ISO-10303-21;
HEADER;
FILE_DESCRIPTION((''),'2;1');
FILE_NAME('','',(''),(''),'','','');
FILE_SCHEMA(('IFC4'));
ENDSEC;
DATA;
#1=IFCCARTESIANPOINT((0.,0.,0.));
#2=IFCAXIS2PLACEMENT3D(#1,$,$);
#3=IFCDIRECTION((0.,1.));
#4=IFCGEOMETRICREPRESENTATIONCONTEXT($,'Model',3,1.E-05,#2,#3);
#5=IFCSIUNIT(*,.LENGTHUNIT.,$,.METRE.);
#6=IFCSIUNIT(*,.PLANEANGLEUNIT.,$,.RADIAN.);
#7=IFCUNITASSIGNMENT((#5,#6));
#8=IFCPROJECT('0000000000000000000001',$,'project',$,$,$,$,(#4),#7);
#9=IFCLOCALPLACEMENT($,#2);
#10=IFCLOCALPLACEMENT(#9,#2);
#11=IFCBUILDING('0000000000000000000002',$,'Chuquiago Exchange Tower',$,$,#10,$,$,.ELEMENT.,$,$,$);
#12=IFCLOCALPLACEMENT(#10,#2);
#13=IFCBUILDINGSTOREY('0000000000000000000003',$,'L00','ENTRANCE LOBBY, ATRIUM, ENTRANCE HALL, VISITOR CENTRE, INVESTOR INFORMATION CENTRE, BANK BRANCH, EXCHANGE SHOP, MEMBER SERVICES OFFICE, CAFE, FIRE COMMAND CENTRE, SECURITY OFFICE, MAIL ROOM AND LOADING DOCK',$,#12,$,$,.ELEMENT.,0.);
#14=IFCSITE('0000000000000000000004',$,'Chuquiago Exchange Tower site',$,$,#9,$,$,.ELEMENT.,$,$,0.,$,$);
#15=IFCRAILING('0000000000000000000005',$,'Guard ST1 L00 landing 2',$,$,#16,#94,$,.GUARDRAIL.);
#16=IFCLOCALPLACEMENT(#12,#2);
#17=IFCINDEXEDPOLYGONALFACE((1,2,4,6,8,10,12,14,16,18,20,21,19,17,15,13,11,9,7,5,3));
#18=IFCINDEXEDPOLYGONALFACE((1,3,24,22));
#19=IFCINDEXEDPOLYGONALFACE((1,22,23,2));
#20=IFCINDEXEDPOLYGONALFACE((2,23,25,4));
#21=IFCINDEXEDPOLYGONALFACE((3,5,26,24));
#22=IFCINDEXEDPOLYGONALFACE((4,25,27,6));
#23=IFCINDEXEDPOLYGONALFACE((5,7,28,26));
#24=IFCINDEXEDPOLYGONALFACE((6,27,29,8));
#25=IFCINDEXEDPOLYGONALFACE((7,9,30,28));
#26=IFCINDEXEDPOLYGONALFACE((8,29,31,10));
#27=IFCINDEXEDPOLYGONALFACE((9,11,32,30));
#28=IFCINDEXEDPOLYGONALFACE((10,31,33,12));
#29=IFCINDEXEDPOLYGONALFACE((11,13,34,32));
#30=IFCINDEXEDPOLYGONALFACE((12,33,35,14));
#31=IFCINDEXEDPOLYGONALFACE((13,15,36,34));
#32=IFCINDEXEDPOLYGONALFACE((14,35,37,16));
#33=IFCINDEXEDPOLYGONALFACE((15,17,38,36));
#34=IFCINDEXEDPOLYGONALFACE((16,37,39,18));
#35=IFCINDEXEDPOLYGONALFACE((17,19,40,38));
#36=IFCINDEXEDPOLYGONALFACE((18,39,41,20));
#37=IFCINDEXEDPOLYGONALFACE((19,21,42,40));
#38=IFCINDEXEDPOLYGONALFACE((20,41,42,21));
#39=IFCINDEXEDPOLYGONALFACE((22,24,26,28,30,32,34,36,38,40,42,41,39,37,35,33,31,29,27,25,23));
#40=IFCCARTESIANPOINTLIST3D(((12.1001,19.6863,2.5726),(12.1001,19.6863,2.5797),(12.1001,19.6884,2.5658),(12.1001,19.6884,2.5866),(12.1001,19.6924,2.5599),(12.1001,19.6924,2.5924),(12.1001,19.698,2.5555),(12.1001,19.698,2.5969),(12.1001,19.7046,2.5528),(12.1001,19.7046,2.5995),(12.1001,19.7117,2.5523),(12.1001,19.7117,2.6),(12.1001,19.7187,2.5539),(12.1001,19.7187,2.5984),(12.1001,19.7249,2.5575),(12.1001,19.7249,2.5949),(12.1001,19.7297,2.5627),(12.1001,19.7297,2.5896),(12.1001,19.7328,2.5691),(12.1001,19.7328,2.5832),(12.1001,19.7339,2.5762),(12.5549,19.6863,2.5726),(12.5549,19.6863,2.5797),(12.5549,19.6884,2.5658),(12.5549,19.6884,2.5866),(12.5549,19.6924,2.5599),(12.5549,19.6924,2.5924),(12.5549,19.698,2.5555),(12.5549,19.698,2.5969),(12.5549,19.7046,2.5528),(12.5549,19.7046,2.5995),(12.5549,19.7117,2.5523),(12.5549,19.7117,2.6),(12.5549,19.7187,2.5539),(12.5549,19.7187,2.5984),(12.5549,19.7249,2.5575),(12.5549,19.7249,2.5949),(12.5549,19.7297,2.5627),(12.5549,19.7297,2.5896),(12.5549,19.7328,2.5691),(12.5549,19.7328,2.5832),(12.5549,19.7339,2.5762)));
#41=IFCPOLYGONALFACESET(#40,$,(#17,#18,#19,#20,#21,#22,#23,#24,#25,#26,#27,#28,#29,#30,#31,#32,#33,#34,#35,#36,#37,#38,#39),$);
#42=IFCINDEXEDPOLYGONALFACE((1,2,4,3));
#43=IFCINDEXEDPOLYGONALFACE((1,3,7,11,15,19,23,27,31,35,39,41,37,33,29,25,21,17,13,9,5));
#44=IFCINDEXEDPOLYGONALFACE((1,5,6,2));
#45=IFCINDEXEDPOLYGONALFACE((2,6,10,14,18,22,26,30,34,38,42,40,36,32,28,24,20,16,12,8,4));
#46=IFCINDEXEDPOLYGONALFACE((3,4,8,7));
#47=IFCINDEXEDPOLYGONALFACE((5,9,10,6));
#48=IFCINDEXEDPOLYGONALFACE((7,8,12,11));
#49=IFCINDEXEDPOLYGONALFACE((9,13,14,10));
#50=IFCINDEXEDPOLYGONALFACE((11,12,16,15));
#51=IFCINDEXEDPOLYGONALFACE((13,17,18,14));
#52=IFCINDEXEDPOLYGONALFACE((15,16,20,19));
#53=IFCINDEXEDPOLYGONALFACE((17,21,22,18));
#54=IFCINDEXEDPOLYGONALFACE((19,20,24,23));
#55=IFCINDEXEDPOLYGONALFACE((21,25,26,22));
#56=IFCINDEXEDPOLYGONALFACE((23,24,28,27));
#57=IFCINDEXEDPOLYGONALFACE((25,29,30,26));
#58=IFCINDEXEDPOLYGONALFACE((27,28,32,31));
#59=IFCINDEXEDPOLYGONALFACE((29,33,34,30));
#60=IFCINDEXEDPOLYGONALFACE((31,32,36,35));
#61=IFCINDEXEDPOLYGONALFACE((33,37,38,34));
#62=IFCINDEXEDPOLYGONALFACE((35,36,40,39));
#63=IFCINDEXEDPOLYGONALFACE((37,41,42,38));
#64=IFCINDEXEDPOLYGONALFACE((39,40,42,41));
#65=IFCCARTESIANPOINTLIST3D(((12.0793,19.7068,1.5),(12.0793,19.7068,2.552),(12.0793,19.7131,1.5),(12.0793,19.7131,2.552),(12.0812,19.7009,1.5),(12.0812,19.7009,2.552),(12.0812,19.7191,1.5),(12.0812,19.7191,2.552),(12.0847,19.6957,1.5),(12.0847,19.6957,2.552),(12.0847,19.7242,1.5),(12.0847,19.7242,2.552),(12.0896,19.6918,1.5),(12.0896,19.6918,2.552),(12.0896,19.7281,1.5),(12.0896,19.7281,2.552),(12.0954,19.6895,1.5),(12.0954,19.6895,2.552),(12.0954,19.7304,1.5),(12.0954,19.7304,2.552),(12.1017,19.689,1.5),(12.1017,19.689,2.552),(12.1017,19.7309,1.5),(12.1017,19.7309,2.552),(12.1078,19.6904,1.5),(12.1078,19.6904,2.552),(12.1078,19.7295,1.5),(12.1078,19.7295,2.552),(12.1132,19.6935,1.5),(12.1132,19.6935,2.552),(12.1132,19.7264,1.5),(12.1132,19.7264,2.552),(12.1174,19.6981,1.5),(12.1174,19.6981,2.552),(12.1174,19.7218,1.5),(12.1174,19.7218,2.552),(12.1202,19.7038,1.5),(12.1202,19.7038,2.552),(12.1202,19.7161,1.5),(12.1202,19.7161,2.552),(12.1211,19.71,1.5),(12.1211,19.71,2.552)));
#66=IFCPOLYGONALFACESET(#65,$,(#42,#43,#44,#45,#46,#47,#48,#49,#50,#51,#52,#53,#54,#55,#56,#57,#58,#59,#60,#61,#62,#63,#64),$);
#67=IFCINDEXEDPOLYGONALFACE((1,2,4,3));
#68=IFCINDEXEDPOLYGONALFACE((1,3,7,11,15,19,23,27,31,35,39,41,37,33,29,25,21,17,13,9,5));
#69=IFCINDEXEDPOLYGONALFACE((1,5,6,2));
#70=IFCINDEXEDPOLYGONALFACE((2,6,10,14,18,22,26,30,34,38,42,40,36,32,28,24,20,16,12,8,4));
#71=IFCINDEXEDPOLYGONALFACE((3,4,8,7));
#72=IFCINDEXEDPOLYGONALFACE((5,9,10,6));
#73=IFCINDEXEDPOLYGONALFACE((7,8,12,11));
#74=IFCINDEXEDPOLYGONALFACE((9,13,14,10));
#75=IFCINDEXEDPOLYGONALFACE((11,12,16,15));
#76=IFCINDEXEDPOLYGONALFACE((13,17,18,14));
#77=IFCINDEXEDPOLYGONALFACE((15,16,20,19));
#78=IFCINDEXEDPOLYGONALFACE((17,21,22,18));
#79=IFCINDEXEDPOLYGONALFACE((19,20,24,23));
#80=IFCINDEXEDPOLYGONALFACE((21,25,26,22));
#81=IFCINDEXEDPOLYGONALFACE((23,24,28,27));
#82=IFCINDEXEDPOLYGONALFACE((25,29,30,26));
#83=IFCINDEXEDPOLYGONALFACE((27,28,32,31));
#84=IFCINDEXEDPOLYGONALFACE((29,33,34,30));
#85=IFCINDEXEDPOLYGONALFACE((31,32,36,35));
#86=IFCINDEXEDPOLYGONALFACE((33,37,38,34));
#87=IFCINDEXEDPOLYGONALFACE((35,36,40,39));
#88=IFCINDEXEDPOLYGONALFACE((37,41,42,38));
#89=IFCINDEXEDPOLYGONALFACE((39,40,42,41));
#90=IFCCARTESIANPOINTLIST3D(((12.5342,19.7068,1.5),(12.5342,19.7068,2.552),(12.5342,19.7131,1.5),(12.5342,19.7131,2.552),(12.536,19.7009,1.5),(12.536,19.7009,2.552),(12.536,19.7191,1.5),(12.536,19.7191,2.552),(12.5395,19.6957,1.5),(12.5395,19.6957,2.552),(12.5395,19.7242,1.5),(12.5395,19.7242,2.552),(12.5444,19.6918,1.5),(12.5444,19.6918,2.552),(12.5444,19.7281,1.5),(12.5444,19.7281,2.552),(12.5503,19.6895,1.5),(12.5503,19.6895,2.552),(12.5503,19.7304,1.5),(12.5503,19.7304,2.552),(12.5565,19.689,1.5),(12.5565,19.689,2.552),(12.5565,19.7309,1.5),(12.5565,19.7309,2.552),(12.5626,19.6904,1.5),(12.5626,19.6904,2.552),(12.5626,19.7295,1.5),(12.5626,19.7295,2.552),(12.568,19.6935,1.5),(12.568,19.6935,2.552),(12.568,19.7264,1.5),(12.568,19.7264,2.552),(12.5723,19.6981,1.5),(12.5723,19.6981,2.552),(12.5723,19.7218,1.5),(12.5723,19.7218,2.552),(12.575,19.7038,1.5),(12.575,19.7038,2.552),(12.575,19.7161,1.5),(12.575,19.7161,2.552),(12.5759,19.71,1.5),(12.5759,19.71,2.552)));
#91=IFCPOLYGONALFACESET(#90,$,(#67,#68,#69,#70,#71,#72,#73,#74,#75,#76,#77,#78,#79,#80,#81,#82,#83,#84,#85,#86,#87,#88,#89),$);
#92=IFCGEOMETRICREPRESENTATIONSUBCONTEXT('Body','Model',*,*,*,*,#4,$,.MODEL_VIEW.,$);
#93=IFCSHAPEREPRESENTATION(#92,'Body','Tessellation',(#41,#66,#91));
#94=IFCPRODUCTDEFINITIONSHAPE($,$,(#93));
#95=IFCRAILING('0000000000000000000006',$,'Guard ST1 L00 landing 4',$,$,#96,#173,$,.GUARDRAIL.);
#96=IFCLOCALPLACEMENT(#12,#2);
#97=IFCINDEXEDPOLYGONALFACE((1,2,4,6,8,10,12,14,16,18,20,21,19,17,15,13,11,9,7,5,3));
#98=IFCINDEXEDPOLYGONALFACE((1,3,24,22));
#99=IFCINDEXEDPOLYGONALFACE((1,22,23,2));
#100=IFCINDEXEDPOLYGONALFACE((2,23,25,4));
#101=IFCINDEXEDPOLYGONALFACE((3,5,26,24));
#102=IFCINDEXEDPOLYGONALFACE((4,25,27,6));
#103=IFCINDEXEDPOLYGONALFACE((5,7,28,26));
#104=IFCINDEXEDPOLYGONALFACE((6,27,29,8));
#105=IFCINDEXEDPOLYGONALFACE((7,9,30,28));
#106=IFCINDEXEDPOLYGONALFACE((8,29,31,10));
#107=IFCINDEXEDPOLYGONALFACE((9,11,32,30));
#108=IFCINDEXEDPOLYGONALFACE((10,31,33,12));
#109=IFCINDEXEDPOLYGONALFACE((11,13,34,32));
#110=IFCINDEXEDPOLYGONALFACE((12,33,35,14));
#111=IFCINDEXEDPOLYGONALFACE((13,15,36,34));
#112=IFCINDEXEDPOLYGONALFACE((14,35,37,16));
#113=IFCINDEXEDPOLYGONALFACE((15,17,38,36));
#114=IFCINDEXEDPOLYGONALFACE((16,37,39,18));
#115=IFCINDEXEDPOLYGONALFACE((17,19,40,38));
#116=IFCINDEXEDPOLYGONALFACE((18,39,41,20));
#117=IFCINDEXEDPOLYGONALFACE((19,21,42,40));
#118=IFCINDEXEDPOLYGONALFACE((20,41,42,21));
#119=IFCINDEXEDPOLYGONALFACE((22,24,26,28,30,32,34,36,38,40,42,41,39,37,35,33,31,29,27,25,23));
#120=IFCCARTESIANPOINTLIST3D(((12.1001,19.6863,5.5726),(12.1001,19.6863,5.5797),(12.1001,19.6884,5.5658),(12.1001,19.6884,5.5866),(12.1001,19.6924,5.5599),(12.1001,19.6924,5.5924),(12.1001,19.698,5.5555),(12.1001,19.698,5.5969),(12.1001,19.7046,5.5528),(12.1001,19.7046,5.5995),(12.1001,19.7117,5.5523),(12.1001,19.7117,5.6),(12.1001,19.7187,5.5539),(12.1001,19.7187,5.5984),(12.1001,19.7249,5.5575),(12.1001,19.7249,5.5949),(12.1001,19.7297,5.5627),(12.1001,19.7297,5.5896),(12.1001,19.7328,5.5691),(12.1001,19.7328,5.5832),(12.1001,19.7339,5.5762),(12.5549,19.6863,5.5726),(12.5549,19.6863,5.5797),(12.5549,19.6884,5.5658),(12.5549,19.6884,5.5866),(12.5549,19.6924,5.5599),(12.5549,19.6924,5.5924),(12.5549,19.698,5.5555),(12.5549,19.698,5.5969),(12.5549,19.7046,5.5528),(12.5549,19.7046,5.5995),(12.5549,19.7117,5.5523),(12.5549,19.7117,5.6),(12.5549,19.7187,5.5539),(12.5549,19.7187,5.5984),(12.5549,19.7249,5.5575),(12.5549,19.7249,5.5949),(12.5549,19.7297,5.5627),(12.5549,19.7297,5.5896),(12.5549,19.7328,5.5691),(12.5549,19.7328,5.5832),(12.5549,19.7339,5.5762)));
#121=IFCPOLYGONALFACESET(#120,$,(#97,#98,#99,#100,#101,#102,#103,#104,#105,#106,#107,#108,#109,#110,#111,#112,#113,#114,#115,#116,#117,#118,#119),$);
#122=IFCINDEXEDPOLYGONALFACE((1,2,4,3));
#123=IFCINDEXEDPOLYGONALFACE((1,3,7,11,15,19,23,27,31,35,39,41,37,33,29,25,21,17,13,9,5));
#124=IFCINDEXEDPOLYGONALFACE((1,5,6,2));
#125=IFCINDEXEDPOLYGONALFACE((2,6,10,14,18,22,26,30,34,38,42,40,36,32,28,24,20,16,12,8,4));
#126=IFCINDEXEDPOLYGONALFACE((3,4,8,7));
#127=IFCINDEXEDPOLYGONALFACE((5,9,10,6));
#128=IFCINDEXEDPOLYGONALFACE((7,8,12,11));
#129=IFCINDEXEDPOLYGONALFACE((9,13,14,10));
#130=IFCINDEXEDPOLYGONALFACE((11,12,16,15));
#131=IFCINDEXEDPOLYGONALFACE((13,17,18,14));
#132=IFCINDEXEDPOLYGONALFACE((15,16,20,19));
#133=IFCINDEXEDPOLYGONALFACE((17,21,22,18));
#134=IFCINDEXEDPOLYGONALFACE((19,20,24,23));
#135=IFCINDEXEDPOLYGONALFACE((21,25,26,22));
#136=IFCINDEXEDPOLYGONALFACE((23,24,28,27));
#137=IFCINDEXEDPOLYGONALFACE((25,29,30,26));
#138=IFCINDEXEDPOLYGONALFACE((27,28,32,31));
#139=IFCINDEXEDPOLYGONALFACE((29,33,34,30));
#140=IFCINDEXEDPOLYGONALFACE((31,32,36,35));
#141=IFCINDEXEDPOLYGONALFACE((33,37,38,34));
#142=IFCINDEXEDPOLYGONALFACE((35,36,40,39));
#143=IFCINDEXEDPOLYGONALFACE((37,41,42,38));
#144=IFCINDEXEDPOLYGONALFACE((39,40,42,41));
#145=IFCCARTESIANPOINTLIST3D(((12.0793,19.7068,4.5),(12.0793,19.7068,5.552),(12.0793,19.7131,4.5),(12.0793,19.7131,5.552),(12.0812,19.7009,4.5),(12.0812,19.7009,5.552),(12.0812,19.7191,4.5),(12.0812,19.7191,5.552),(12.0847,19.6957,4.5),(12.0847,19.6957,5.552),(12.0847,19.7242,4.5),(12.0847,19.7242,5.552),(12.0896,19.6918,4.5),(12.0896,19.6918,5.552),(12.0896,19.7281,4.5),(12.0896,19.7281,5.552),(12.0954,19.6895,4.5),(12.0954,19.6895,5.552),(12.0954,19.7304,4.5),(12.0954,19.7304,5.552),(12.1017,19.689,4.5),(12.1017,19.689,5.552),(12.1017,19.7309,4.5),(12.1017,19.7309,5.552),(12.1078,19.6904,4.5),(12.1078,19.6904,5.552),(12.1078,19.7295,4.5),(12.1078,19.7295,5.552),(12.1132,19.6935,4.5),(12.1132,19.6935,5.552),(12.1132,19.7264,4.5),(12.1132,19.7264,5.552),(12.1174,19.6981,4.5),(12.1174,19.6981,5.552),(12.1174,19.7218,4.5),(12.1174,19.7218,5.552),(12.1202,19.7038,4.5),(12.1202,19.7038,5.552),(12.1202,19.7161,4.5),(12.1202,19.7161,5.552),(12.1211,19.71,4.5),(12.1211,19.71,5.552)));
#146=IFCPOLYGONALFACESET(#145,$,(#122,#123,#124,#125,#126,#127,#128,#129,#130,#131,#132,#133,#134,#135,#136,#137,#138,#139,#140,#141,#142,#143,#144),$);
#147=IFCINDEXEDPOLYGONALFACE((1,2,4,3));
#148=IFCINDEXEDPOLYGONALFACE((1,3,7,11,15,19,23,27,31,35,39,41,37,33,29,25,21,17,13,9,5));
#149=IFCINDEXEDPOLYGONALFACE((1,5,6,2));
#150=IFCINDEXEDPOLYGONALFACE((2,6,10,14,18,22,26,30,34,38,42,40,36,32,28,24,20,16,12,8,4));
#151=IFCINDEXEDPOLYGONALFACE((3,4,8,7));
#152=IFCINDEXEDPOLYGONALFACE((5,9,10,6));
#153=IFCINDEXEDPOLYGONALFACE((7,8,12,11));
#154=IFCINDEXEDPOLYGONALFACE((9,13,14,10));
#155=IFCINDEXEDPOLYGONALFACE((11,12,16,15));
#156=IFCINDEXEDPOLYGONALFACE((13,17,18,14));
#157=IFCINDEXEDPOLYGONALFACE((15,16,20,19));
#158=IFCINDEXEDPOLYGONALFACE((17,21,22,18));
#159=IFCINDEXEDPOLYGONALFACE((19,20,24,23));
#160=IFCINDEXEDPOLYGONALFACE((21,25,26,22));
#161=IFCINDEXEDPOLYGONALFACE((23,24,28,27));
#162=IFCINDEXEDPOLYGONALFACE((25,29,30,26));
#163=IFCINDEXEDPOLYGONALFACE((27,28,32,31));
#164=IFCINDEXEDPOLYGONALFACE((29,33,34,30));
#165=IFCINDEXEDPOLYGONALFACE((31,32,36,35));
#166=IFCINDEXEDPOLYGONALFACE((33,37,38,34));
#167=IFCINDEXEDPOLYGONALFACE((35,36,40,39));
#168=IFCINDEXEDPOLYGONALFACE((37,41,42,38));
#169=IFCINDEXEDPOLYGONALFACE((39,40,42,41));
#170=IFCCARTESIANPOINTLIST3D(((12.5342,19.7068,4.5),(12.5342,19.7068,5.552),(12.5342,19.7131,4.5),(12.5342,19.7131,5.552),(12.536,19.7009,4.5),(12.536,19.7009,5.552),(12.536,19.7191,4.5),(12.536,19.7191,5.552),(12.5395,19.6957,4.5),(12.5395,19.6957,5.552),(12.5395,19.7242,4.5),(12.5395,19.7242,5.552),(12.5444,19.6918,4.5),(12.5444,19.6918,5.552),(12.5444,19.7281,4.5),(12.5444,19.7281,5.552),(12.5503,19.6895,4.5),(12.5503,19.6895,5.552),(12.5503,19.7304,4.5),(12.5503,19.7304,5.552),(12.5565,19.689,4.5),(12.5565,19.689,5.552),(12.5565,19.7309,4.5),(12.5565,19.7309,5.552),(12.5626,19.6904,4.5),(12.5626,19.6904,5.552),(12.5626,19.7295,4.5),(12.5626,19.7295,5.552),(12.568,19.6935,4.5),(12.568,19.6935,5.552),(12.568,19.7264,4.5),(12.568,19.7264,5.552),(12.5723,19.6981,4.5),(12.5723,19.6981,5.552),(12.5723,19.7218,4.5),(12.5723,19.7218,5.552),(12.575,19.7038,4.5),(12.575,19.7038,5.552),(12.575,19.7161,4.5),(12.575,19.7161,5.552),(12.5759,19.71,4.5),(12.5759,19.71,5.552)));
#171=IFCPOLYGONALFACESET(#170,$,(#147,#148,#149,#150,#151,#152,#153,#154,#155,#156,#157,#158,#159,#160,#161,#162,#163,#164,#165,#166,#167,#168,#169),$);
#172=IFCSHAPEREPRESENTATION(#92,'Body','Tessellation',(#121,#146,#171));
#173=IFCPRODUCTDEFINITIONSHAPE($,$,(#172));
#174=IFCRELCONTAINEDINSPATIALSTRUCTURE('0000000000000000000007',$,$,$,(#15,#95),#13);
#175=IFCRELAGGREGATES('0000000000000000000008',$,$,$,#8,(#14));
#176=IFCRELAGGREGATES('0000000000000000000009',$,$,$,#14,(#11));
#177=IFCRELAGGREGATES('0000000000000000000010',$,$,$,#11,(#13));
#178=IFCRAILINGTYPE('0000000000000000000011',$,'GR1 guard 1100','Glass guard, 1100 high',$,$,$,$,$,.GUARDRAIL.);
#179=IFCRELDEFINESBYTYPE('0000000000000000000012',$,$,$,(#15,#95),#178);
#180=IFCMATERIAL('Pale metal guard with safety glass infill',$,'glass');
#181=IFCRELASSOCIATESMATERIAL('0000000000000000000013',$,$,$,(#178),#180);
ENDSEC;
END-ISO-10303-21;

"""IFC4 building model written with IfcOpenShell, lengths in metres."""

from ifc_helpers import new_model, si_unit, direction, frame, origin, origin_2d, place, context, subcontext, project, spatial, circle, extrude, material, type_object, element, save


model = new_model("IFC4")

# Units and contexts
model_context = context("Model", 3, precision=1e-05, world=origin(), true_north=direction((0.0, 1.0)))
body_context = subcontext(model_context, "Body", "Model", "MODEL_VIEW")
ifc_project = project(units=[si_unit("LENGTHUNIT", "METRE"), si_unit("PLANEANGLEUNIT", "RADIAN")], contexts=[model_context])

# Site, building, storey
site_placement = place(None, origin())
site = spatial("IfcSite", under=ifc_project, at=site_placement, Name="Chuquiago Exchange Tower site", CompositionType="ELEMENT", RefElevation=0.0)
building_placement = place(site_placement, origin())
building = spatial("IfcBuilding", under=site, at=building_placement, Name="Chuquiago Exchange Tower", CompositionType="ELEMENT")
storey_placement = place(building_placement, origin())
storey = spatial("IfcBuildingStorey", under=building, at=storey_placement, Name="L00", Description="ENTRANCE LOBBY, ATRIUM, ENTRANCE HALL, VISITOR CENTRE, INVESTOR INFORMATION CENTRE, BANK BRANCH, EXCHANGE SHOP, MEMBER SERVICES OFFICE, CAFE, FIRE COMMAND CENTRE, SECURITY OFFICE, MAIL ROOM AND LOADING DOCK", CompositionType="ELEMENT", Elevation=0.0)

# Railings
ifc_material_1 = material(Name="Pale metal guard with safety glass infill", Category="glass")
railing_type_1 = type_object("IfcRailingType", Name="GR1 guard 1100", Description="Glass guard, 1100 high", PredefinedType="GUARDRAIL", material=ifc_material_1)
for number, where, name in (
    (1, (12.1001, 19.71, 1.5), "Guard ST1 L00 landing 2"),
    (2, (12.1001, 19.71, 4.5), "Guard ST1 L00 landing 4"),
):
    element("IfcRailing", number, at=place(storey_placement, frame(where)), inside=storey, type_object=railing_type_1, Name=name, PredefinedType="GUARDRAIL", context=body_context, shape_type="SweptSolid", body=[
        extrude(circle(Radius=0.0239, at=origin_2d()), frame((0.0, 0.0, 1.0762), z_axis=(1.0, 0.0, 0.0), x_axis=(0.0, 1.0, 0.0)), (0.0, 0.0, 1.0), 0.4548),
        extrude(circle(Radius=0.021, at=origin_2d()), origin(), (0.0, 0.0, 1.0), 1.052),
        extrude(circle(Radius=0.021, at=origin_2d()), frame((0.4548, 0.0, 0.0)), (0.0, 0.0, 1.0), 1.052),
    ])

save(model, "model.ifc")
